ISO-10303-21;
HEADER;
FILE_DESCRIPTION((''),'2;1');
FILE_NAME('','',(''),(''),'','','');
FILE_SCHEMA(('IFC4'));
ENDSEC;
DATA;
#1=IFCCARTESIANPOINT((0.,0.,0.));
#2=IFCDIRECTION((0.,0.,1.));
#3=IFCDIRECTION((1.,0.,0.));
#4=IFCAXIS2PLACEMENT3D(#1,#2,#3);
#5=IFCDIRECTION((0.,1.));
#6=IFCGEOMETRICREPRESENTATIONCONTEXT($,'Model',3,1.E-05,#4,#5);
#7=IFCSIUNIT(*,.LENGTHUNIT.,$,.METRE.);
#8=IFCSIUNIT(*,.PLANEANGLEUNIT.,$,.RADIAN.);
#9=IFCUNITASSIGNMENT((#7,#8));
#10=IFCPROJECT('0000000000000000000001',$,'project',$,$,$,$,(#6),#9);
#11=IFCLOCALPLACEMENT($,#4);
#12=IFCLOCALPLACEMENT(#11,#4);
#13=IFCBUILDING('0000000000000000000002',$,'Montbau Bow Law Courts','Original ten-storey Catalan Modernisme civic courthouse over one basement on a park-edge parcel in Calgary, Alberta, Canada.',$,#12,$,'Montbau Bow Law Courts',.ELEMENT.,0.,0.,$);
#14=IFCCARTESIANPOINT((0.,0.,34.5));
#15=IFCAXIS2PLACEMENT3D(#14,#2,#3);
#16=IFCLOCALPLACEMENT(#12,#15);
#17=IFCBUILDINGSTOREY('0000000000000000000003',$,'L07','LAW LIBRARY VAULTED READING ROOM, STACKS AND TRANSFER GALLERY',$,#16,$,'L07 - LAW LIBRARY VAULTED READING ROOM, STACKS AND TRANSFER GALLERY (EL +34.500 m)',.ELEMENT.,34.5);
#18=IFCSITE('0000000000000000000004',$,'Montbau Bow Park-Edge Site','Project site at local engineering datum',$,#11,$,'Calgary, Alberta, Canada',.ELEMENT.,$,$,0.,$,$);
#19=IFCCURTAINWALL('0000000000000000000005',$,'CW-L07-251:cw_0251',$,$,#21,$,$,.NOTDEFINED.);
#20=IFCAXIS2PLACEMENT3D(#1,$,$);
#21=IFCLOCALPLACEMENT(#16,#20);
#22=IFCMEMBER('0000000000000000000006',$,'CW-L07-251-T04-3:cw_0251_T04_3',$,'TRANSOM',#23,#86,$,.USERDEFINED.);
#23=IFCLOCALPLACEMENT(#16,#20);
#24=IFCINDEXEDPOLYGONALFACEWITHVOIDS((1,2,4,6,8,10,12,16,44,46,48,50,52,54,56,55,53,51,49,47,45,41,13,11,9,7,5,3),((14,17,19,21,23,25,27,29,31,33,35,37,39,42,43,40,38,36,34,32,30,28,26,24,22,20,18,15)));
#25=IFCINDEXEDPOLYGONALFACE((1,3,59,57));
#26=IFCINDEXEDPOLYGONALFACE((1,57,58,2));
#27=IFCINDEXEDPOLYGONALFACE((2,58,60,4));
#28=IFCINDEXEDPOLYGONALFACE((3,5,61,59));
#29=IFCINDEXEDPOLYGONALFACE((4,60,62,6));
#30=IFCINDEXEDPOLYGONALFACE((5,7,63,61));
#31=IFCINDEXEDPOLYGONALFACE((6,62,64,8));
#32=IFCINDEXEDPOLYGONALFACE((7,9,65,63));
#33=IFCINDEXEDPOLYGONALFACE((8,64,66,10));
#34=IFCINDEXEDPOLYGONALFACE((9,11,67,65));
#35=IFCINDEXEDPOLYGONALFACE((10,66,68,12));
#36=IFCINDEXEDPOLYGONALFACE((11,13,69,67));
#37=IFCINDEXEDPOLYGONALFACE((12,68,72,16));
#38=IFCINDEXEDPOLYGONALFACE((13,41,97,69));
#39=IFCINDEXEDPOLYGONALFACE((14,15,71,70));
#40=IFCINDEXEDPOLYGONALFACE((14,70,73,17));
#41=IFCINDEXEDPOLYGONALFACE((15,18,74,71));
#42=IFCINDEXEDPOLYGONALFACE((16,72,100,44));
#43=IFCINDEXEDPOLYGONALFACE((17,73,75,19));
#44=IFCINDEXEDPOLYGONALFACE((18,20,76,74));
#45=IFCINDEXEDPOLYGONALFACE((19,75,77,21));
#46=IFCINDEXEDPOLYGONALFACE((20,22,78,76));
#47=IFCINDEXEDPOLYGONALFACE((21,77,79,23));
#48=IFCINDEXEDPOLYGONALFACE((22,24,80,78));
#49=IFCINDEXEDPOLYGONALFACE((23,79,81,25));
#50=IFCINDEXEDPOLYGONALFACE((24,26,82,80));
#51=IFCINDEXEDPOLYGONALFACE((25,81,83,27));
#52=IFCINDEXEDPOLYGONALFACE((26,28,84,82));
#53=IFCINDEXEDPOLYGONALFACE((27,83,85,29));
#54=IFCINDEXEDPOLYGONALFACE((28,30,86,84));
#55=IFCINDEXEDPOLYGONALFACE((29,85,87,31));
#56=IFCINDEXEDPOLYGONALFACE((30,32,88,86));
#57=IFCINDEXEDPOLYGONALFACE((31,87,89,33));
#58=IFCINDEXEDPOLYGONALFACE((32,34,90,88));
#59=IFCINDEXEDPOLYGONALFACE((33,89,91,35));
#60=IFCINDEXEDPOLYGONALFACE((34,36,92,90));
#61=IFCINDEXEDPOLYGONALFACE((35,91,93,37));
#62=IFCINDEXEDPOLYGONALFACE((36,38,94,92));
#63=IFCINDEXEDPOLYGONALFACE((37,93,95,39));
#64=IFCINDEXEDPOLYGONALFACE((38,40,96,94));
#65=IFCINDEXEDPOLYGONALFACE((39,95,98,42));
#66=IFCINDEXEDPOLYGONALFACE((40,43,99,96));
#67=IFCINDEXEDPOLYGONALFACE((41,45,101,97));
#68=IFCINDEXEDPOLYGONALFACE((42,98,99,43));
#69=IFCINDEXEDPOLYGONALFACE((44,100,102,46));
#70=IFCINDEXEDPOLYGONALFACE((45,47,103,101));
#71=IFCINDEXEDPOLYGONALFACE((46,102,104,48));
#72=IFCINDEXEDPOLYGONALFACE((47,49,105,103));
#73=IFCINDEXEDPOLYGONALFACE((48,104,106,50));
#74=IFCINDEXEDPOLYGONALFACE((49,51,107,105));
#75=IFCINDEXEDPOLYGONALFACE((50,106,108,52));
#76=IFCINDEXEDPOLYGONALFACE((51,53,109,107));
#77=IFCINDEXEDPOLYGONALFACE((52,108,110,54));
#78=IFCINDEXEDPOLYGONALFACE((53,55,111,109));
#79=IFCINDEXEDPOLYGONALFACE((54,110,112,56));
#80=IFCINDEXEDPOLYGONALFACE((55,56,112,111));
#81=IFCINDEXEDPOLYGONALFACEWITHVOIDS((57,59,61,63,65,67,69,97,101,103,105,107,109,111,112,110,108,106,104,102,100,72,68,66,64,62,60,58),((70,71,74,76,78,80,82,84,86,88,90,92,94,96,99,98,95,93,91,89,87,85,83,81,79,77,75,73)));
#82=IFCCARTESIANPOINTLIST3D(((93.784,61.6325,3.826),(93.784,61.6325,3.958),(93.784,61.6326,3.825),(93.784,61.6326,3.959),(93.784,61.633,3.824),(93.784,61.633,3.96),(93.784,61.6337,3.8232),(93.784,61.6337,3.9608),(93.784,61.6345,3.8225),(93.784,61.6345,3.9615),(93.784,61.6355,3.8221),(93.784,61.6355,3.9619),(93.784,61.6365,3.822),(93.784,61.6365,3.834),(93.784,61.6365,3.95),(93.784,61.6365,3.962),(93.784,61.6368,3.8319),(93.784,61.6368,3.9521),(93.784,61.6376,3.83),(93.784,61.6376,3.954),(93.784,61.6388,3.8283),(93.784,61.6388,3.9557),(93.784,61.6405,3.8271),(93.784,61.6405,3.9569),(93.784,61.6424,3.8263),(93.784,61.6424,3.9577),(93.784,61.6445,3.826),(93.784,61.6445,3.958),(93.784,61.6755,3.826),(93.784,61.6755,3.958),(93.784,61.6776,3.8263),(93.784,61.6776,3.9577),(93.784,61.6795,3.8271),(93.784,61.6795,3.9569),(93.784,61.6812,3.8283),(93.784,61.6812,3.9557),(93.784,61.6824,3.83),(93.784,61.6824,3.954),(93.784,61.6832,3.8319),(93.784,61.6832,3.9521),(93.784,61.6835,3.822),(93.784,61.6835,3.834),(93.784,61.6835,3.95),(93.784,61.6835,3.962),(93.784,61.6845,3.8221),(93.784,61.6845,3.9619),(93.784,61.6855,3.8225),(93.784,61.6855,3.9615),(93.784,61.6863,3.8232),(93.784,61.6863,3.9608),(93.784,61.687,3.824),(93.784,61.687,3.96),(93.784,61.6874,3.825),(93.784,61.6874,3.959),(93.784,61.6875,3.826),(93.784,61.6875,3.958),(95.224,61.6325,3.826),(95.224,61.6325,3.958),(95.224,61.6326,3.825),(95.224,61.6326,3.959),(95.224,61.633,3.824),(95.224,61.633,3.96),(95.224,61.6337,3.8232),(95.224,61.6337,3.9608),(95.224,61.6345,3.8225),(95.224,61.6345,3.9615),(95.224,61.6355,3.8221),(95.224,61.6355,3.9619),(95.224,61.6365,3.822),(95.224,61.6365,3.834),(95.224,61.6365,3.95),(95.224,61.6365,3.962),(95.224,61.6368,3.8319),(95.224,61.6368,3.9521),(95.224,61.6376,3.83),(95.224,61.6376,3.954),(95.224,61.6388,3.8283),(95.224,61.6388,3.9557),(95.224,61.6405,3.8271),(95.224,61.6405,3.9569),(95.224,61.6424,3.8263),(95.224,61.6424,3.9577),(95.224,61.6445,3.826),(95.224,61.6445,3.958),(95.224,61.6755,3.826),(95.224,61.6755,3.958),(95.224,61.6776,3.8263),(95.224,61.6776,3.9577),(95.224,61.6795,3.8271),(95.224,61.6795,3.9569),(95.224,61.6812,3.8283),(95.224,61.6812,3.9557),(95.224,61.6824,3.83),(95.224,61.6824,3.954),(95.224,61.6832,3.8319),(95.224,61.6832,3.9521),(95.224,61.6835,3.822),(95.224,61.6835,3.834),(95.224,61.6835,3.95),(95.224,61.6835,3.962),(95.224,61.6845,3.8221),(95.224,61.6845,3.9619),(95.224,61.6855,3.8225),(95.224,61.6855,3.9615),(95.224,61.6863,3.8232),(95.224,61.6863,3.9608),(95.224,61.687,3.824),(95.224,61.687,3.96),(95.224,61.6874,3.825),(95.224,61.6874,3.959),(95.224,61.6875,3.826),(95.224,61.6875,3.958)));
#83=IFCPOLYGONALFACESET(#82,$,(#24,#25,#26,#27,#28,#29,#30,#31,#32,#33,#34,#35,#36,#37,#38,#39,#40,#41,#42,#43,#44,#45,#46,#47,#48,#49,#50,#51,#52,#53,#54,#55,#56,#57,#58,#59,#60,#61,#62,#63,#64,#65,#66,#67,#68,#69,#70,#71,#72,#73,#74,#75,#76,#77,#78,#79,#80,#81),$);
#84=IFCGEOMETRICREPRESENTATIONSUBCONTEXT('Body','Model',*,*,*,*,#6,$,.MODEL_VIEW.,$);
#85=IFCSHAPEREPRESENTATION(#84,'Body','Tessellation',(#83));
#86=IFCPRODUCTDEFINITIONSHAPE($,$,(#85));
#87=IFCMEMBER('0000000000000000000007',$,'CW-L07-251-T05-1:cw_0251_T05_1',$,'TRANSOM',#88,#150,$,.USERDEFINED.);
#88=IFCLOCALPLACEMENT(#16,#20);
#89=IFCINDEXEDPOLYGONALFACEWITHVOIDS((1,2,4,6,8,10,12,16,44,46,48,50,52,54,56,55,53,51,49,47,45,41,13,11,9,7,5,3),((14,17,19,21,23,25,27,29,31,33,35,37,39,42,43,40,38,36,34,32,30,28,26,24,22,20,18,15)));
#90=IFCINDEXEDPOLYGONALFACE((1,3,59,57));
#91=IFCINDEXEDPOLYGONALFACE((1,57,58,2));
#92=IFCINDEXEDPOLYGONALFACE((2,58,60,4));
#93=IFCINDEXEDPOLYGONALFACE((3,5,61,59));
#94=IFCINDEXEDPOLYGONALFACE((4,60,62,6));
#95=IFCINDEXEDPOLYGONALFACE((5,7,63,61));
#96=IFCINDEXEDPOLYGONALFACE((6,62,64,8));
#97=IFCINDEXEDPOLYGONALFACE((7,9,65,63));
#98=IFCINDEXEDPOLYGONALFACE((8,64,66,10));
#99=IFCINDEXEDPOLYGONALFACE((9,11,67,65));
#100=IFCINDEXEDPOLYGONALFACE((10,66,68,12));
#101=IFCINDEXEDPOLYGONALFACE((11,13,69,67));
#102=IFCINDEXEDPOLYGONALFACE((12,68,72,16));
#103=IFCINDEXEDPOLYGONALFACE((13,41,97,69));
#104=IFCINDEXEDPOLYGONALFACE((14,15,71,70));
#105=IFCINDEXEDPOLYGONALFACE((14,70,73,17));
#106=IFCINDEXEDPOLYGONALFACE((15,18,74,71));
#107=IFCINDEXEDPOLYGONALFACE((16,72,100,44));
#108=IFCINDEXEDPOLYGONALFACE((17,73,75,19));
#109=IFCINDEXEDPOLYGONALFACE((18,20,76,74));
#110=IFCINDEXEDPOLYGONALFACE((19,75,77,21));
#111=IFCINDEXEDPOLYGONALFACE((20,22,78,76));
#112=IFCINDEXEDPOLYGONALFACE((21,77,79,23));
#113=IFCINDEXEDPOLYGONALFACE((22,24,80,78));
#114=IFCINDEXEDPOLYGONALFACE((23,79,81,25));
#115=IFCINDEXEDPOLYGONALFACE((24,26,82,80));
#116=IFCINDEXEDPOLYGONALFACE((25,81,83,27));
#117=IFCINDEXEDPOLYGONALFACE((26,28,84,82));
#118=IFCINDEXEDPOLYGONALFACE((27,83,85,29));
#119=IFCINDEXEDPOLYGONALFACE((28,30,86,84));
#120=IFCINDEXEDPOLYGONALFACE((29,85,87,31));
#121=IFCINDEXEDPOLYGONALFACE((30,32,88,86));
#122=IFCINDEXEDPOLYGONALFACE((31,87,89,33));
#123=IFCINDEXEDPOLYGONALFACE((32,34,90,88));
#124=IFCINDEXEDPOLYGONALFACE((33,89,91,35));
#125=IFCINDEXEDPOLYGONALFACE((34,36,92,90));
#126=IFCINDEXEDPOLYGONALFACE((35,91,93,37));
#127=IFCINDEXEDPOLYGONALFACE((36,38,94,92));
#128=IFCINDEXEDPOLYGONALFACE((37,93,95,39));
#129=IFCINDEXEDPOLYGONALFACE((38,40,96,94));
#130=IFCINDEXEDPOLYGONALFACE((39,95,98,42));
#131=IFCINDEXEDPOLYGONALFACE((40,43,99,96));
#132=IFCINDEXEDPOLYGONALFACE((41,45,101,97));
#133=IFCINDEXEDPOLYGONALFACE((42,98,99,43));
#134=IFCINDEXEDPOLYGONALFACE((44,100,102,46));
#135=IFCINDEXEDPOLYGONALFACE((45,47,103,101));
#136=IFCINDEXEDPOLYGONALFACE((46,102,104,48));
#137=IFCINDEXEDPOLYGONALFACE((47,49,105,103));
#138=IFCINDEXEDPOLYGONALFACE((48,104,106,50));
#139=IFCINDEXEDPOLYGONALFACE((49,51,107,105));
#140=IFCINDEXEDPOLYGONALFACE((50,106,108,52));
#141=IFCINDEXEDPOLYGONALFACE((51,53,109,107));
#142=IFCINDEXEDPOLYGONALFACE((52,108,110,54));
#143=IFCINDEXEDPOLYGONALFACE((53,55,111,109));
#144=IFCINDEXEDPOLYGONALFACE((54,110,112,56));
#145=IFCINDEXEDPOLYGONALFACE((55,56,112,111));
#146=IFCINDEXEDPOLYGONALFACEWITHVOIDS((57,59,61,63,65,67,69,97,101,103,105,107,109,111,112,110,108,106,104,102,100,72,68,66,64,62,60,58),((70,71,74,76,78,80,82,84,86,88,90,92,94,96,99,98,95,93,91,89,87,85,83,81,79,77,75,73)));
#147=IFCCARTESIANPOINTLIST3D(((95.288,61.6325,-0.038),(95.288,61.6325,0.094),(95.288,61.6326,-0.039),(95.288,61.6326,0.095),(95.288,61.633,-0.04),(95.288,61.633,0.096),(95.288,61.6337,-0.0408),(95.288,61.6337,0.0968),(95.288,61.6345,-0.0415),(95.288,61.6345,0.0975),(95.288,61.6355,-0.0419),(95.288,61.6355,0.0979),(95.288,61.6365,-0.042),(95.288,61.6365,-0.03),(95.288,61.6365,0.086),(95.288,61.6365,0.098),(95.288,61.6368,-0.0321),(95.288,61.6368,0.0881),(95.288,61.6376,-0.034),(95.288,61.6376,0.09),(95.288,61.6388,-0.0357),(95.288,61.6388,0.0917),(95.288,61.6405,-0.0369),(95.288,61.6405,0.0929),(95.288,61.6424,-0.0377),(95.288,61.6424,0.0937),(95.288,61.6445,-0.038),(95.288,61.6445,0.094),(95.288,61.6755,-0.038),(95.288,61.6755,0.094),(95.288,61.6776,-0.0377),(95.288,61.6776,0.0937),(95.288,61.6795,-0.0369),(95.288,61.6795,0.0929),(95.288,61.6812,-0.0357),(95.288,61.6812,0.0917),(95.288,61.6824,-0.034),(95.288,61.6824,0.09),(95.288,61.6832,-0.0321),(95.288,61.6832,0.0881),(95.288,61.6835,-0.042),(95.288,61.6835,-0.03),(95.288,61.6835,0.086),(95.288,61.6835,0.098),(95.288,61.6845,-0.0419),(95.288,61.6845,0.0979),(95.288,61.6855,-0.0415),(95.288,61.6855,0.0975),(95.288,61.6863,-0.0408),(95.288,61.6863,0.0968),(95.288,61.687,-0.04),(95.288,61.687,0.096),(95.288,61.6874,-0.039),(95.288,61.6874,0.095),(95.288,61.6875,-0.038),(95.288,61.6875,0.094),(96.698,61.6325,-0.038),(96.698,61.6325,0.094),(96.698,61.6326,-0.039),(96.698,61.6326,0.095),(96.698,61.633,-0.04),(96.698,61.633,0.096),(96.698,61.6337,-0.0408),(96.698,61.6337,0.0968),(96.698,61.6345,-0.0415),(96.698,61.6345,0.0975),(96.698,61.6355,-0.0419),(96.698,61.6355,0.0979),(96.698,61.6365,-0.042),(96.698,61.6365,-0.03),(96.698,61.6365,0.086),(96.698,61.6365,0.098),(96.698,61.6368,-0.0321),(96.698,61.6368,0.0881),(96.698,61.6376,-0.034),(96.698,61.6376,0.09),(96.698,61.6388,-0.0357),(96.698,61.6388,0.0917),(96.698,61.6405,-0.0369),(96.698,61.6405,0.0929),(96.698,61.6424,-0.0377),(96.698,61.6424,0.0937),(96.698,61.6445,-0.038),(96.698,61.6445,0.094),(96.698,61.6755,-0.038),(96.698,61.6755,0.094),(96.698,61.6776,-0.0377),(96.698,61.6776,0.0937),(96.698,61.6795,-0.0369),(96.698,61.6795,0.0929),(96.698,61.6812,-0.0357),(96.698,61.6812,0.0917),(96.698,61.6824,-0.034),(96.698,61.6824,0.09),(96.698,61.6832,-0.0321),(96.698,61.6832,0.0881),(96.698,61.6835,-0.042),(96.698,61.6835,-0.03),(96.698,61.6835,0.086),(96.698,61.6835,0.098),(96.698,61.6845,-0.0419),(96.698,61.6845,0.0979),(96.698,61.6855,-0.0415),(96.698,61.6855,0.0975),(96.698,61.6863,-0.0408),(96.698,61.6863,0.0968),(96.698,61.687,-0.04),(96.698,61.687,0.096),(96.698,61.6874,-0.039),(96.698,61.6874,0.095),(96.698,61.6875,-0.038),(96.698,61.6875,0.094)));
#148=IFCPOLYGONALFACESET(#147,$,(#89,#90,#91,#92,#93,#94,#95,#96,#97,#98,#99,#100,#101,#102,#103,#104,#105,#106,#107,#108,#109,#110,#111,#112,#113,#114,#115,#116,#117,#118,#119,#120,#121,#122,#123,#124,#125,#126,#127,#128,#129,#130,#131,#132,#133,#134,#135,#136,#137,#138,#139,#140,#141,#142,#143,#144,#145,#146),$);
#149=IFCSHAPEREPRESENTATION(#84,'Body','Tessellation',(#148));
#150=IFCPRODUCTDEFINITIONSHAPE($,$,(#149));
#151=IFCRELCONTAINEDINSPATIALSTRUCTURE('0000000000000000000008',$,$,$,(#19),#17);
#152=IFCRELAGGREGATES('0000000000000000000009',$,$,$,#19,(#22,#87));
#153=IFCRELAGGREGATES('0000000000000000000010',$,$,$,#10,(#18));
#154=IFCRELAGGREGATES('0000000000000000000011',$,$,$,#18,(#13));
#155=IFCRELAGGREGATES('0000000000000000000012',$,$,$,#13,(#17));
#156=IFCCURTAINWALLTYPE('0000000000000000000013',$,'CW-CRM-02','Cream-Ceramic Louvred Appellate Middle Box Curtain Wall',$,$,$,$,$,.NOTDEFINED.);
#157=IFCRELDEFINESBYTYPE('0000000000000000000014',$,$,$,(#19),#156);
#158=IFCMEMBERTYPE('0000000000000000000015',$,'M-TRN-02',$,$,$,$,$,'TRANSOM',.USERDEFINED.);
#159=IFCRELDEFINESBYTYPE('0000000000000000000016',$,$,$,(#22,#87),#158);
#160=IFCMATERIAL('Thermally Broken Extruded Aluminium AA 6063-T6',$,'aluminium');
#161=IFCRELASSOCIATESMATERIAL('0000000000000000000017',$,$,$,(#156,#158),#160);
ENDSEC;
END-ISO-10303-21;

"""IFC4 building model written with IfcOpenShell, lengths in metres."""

from ifc_helpers import new_model, si_unit, direction, frame, origin_with_axes, origin_2d_with_axis, place, context, subcontext, project, spatial, hollow_rectangle, extrude, material, material_profile, profile_set, type_object, element, aggregate, save


model = new_model("IFC4")

# Units and contexts
model_context = context("Model", 3, precision=1e-05, world=origin_with_axes(), true_north=direction((0.0, 1.0)))
body_context = subcontext(model_context, "Body", "Model", "MODEL_VIEW")
ifc_project = project(units=[si_unit("LENGTHUNIT", "METRE"), si_unit("PLANEANGLEUNIT", "RADIAN")], contexts=[model_context])

# Site, building, storey
site_placement = place(None, origin_with_axes())
site = spatial("IfcSite", under=ifc_project, at=site_placement, Name="Montbau Bow Park-Edge Site", Description="Project site at local engineering datum", LongName="Calgary, Alberta, Canada", CompositionType="ELEMENT", RefElevation=0.0)
building_placement = place(site_placement, origin_with_axes())
building = spatial("IfcBuilding", under=site, at=building_placement, Name="Montbau Bow Law Courts", Description="Original ten-storey Catalan Modernisme civic courthouse over one basement on a park-edge parcel in Calgary, Alberta, Canada.", LongName="Montbau Bow Law Courts", CompositionType="ELEMENT", ElevationOfRefHeight=0.0, ElevationOfTerrain=0.0)
storey_placement = place(building_placement, frame((0.0, 0.0, 34.5), z_axis=(0.0, 0.0, 1.0), x_axis=(1.0, 0.0, 0.0)))
storey = spatial("IfcBuildingStorey", under=building, at=storey_placement, Name="L07", Description="LAW LIBRARY VAULTED READING ROOM, STACKS AND TRANSFER GALLERY", LongName="L07 - LAW LIBRARY VAULTED READING ROOM, STACKS AND TRANSFER GALLERY (EL +34.500 m)", CompositionType="ELEMENT", Elevation=34.5)

# Curtain wall
ifc_material_1 = material(Name="Thermally Broken Extruded Aluminium AA 6063-T6", Category="aluminium")
curtain_wall_type = type_object("IfcCurtainWallType", Name="CW-CRM-02", Description="Cream-Ceramic Louvred Appellate Middle Box Curtain Wall", PredefinedType="NOTDEFINED", material=ifc_material_1)
curtain_wall_1_placement = place(None, frame((89.24, 61.66, 34.5), z_axis=(0.0, 0.0, 1.0), x_axis=(1.0, 0.0, 0.0)))
curtain_wall_1 = element("IfcCurtainWall", 1, at=curtain_wall_1_placement, inside=storey, type_object=curtain_wall_type, Name="CW-L07-251:cw_0251", PredefinedType="NOTDEFINED")

# Members
ifc_material_profile_1 = material_profile(ifc_material_1, hollow_rectangle(XDim=0.055, YDim=0.14, WallThickness=0.004, InnerFilletRadius=0.008, OuterFilletRadius=0.004, at=origin_2d_with_axis()), Name="CWT-140X55", Category="Main", Priority=0)
ifc_profile_set_1 = profile_set([ifc_material_profile_1], Name="Thermally Broken Extruded Aluminium AA 6063-T6")
member_type_1 = type_object("IfcMemberType", Name="M-TRN-02", ElementType="TRANSOM", PredefinedType="USERDEFINED", material=ifc_profile_set_1)
member_1_placement = place(None, frame((93.784, 61.66, 38.392), z_axis=(1.0, 0.0, 0.0), x_axis=(0.0, 1.0, 0.0)))
member_1 = element("IfcMember", 2, at=member_1_placement, type_object=member_type_1, Name="CW-L07-251-T04-3:cw_0251_T04_3", ObjectType="TRANSOM", PredefinedType="USERDEFINED", context=body_context, shape_type="SweptSolid", body=[
    extrude(hollow_rectangle(XDim=0.055, YDim=0.14, WallThickness=0.004, InnerFilletRadius=0.008, OuterFilletRadius=0.004, at=origin_2d_with_axis()), origin_with_axes(), (0.0, 0.0, 1.0), 1.44),
])
member_2_placement = place(None, frame((95.288, 61.66, 34.528), z_axis=(1.0, 0.0, 0.0), x_axis=(0.0, 1.0, 0.0)))
member_2 = element("IfcMember", 3, at=member_2_placement, type_object=member_type_1, Name="CW-L07-251-T05-1:cw_0251_T05_1", ObjectType="TRANSOM", PredefinedType="USERDEFINED", context=body_context, shape_type="SweptSolid", body=[
    extrude(hollow_rectangle(XDim=0.055, YDim=0.14, WallThickness=0.004, InnerFilletRadius=0.008, OuterFilletRadius=0.004, at=origin_2d_with_axis()), origin_with_axes(), (0.0, 0.0, 1.0), 1.41),
])

aggregate(curtain_wall_1, [member_1, member_2])

save(model, "model.ifc")
